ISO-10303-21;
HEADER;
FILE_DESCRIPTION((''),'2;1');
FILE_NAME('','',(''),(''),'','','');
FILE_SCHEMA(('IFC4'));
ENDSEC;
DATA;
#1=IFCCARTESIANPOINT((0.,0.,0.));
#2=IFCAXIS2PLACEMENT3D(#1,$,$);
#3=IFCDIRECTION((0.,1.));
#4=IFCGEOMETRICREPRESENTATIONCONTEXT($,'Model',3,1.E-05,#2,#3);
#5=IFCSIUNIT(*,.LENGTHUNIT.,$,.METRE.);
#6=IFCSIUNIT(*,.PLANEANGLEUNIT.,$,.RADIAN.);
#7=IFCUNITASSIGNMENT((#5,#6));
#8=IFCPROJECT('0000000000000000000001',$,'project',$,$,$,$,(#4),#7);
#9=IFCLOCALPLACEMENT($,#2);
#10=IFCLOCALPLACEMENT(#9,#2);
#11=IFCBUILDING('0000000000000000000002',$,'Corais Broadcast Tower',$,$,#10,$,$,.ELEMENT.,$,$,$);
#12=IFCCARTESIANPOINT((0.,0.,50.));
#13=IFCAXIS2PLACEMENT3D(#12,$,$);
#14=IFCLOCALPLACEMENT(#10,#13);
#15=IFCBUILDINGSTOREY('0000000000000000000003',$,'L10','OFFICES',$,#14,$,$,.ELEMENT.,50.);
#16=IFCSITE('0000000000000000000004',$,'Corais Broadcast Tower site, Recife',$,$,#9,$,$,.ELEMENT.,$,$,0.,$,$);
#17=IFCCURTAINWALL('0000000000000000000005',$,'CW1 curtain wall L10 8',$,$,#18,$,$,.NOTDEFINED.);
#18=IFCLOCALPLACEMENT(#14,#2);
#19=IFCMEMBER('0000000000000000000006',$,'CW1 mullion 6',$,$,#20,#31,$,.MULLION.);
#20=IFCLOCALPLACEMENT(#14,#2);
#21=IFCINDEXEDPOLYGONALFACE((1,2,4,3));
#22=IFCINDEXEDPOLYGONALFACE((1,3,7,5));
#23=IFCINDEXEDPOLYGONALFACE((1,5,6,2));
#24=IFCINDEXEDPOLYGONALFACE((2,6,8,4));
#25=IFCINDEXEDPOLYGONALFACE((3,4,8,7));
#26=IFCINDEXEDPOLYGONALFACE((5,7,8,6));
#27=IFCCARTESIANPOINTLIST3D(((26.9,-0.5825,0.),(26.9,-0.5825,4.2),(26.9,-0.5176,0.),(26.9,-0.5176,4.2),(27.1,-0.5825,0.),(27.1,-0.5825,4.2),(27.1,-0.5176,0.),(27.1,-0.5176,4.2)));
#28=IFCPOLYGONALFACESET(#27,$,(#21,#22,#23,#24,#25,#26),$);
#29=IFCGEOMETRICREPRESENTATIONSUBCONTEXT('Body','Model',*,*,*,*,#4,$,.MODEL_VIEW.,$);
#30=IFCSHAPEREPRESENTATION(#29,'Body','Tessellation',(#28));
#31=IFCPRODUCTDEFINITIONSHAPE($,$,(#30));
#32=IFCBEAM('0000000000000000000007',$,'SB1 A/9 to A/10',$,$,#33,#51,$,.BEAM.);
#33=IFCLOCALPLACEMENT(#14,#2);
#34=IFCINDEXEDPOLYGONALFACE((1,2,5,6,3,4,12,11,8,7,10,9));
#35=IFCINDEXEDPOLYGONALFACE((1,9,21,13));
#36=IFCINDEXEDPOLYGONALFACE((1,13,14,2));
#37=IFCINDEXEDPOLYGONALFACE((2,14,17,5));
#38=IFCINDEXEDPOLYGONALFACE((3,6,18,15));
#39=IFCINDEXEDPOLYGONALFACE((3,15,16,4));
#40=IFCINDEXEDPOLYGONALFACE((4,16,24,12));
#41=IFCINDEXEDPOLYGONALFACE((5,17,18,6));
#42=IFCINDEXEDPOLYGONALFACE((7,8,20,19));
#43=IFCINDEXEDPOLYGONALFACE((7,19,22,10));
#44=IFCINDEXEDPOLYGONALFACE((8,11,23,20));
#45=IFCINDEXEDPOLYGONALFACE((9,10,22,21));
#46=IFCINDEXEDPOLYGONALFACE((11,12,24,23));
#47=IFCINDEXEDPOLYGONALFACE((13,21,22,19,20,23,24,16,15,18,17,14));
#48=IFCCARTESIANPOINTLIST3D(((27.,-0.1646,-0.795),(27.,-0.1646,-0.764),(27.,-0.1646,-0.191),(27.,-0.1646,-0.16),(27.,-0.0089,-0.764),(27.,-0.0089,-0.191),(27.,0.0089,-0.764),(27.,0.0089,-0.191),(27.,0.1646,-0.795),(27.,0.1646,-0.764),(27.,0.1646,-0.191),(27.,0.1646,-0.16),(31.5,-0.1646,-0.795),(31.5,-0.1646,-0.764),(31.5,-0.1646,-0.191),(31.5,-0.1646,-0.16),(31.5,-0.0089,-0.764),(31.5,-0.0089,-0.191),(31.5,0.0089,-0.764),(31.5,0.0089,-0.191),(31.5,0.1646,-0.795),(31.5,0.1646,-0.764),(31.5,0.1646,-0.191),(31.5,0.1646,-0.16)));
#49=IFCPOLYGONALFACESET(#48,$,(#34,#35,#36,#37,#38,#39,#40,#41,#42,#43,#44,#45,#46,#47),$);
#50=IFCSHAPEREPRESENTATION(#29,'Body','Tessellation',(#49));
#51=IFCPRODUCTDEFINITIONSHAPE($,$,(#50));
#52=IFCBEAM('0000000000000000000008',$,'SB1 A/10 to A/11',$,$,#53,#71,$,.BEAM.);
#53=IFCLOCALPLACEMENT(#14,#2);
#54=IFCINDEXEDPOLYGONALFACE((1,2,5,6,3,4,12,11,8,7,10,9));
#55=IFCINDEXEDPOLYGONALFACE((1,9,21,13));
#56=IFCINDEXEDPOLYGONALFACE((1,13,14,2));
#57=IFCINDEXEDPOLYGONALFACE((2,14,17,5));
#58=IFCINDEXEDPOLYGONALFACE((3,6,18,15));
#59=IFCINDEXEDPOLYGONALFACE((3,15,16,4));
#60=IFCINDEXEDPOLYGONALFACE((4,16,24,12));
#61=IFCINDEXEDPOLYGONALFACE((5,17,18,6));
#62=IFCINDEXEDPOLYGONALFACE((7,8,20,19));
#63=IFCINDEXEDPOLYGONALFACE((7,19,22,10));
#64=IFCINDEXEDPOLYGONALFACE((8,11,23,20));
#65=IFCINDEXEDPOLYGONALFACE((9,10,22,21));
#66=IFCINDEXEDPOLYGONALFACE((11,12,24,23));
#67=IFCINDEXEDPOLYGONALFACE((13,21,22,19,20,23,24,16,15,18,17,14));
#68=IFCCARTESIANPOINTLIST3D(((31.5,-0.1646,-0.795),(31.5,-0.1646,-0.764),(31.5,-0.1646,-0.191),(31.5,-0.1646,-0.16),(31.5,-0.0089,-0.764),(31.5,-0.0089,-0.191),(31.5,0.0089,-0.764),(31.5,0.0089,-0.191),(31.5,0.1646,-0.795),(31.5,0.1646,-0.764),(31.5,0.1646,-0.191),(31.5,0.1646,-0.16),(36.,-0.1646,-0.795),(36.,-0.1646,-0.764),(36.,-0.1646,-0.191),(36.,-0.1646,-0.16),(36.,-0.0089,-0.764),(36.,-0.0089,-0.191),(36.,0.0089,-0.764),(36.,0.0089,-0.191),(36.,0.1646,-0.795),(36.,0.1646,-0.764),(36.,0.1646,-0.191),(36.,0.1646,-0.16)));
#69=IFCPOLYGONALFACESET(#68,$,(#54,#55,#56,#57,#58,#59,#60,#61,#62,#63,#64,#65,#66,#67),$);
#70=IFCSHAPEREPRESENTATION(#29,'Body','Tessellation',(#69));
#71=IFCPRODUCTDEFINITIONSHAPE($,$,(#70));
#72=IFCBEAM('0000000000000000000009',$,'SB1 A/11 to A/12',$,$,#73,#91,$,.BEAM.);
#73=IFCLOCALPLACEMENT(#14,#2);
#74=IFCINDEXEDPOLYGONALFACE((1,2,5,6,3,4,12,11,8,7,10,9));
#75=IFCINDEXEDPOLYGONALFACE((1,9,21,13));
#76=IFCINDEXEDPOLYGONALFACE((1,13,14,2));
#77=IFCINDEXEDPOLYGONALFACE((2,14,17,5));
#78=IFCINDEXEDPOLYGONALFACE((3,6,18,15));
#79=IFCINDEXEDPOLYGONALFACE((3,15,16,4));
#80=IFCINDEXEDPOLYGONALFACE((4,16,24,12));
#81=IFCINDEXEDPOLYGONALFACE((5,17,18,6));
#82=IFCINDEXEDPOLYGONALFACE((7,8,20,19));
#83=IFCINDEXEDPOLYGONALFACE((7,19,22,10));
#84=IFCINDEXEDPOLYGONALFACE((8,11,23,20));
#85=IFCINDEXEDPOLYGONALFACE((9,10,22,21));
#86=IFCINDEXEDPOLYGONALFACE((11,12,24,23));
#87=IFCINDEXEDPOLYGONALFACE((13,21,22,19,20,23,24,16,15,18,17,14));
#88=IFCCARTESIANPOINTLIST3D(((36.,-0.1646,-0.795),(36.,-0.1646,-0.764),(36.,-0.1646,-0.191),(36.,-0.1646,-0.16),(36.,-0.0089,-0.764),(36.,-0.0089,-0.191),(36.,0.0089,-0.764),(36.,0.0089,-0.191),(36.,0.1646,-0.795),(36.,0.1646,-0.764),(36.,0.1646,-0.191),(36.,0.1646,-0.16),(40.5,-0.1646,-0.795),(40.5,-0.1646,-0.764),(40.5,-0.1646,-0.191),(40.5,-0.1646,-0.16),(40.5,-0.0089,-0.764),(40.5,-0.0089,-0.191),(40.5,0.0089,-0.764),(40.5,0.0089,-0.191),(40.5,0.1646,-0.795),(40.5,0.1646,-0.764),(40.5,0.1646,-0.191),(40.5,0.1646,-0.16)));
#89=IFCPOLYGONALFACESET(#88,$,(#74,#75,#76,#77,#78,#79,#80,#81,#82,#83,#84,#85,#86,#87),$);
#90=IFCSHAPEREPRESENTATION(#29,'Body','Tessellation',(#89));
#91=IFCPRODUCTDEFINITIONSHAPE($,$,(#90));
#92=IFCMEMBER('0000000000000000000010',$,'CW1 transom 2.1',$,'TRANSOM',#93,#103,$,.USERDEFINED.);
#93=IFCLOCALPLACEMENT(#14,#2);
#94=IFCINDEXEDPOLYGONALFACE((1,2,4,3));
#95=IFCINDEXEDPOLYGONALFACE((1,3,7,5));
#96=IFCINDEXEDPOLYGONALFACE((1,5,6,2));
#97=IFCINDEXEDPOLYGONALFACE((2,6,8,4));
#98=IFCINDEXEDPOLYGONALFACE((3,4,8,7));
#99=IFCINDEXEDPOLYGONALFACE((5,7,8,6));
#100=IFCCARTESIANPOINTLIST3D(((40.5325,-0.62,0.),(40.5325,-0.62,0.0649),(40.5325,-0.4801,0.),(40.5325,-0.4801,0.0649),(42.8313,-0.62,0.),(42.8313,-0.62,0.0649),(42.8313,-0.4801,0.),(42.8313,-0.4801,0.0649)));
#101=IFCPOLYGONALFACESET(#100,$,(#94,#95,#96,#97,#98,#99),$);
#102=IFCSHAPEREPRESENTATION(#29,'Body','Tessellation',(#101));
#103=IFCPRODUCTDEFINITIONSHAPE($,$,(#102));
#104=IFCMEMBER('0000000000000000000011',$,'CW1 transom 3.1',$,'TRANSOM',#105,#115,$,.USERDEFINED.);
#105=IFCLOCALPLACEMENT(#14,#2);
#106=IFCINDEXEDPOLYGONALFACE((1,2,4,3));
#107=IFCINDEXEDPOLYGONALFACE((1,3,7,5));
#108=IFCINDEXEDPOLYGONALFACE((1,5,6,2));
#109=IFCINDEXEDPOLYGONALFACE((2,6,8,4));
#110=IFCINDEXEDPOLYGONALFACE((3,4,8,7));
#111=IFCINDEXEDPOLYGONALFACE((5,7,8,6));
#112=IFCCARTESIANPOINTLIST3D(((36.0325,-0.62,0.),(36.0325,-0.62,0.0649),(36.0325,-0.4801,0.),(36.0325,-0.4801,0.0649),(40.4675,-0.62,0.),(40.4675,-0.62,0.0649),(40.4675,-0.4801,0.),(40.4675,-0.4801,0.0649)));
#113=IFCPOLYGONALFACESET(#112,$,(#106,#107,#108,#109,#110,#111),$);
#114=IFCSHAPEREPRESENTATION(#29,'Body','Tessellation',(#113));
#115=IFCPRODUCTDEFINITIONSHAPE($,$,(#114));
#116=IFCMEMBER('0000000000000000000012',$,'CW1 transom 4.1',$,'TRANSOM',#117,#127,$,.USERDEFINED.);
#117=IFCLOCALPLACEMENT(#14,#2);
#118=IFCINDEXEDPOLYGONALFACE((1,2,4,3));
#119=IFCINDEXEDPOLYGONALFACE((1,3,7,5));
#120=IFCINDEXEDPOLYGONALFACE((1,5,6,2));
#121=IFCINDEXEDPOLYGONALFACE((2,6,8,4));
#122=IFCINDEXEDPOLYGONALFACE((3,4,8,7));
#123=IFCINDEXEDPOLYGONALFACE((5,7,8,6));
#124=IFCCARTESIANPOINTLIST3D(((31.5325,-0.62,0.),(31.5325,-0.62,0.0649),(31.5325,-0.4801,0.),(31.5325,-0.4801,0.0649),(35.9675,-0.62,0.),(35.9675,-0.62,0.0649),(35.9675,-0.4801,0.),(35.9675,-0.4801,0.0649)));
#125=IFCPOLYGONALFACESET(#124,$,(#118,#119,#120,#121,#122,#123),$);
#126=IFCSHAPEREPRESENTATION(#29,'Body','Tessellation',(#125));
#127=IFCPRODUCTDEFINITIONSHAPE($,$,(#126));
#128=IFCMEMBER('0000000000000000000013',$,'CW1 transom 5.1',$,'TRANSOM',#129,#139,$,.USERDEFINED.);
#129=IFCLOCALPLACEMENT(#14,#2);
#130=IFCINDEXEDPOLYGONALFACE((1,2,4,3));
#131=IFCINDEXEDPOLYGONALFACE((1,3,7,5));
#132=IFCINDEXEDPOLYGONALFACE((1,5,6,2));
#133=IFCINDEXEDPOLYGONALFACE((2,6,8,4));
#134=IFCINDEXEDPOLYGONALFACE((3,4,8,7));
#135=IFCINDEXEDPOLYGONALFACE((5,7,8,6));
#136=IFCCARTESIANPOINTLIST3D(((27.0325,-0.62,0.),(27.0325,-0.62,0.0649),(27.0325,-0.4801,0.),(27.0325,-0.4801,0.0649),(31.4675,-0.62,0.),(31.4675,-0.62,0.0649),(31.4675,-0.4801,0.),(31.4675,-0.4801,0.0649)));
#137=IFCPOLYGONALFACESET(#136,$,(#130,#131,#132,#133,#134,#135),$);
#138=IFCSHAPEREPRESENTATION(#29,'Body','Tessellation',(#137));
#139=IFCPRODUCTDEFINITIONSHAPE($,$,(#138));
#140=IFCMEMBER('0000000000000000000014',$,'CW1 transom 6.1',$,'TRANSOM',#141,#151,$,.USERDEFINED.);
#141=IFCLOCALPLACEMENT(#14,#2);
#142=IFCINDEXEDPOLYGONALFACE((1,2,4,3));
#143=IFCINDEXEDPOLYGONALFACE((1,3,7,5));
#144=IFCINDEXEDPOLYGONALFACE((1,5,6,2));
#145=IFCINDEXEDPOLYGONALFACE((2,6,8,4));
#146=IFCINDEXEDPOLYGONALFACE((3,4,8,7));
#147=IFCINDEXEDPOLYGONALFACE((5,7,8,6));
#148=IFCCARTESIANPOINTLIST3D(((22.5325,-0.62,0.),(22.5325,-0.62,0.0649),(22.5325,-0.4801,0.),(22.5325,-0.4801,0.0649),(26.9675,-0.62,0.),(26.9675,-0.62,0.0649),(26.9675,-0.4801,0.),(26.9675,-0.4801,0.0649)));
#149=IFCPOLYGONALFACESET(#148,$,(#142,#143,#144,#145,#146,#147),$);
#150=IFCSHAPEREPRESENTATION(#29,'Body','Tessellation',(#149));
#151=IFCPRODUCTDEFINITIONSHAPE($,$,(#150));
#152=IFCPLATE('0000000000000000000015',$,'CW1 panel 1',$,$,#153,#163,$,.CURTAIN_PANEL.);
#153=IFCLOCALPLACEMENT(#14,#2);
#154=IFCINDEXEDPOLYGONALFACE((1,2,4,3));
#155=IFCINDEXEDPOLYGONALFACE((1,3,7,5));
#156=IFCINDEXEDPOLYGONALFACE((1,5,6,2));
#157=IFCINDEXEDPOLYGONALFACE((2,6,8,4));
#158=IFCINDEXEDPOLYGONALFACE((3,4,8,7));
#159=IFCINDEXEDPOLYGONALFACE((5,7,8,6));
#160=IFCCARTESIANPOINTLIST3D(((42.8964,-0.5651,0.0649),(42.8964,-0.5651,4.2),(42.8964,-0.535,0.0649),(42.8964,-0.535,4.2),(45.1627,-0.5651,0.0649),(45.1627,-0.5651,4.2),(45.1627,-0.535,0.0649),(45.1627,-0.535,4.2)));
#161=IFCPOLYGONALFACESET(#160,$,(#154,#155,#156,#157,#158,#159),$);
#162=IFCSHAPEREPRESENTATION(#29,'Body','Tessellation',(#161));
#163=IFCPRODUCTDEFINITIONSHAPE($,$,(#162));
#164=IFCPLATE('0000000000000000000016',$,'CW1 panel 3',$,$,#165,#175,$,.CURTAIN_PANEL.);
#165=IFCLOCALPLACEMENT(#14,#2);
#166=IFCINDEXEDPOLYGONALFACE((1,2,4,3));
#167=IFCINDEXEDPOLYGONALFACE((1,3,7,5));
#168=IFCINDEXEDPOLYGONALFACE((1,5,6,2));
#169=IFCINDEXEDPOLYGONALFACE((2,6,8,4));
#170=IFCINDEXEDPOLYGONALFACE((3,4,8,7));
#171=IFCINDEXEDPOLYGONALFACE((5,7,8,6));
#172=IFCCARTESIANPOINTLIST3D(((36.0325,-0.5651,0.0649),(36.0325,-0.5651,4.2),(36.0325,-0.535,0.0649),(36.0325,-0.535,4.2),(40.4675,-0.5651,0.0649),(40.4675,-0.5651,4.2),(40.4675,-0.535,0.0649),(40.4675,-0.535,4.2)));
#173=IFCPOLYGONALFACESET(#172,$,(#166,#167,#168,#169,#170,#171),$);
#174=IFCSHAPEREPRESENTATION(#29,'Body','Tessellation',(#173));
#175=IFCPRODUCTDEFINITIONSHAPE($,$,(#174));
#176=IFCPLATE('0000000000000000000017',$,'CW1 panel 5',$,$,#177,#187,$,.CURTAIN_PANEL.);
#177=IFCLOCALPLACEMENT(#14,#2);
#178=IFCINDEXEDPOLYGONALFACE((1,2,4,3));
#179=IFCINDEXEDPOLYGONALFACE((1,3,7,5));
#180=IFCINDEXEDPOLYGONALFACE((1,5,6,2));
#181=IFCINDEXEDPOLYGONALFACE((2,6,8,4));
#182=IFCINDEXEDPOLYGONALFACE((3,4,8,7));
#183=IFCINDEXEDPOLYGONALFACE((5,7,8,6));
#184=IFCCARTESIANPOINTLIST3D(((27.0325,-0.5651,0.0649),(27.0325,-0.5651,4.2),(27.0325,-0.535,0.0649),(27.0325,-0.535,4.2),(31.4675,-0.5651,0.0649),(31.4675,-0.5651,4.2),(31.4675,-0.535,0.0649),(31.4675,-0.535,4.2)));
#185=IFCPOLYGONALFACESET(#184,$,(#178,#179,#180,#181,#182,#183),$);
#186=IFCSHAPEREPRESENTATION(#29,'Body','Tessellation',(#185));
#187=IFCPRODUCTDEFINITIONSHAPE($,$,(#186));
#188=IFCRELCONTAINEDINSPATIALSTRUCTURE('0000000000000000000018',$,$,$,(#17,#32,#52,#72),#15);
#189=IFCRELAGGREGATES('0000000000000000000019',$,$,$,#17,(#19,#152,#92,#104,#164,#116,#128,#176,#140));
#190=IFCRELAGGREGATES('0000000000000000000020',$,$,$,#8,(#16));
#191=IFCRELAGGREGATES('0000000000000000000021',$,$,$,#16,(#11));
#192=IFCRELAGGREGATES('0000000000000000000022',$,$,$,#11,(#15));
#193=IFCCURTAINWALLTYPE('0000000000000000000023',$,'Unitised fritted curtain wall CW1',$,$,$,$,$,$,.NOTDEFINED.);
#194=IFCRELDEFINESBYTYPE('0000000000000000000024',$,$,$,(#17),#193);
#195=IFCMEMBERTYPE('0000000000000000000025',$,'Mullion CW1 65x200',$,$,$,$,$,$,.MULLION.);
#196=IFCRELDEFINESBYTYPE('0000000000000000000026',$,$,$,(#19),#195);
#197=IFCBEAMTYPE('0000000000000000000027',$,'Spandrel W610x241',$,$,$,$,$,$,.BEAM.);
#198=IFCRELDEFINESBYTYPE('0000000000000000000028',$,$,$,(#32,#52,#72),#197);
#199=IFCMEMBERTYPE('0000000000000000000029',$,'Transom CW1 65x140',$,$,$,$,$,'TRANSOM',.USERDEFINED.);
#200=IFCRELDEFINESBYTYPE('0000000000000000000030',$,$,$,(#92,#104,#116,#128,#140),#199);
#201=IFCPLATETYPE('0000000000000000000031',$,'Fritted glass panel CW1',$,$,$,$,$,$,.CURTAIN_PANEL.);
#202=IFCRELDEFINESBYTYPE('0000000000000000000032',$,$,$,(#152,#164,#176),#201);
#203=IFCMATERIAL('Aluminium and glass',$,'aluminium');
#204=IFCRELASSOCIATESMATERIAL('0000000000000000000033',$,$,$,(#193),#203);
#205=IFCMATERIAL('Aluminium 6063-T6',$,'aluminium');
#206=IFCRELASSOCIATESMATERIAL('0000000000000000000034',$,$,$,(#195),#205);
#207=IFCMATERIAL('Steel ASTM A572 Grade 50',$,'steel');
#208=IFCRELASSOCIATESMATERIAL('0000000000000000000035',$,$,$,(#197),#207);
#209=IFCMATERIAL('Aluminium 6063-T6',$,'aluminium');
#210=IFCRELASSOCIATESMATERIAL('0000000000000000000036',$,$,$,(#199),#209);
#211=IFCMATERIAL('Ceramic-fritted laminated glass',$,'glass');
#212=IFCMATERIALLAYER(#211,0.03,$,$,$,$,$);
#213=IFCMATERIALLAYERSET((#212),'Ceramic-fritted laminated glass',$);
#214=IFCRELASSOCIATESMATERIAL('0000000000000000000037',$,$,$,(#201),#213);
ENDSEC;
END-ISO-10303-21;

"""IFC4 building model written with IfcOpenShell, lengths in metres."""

from ifc_helpers import new_model, si_unit, direction, frame, origin, origin_2d, place, context, subcontext, project, spatial, rectangle, i_section, extrude, material, layer, layer_set, material_profile, profile_set, type_object, element, aggregate, save


model = new_model("IFC4")

# Units and contexts
model_context = context("Model", 3, precision=1e-05, world=origin(), true_north=direction((0.0, 1.0)))
body_context = subcontext(model_context, "Body", "Model", "MODEL_VIEW")
ifc_project = project(units=[si_unit("LENGTHUNIT", "METRE"), si_unit("PLANEANGLEUNIT", "RADIAN")], contexts=[model_context])

# Site, building, storey
site_placement = place(None, origin())
site = spatial("IfcSite", under=ifc_project, at=site_placement, Name="Corais Broadcast Tower site, Recife", CompositionType="ELEMENT", RefElevation=0.0)
building_placement = place(site_placement, origin())
building = spatial("IfcBuilding", under=site, at=building_placement, Name="Corais Broadcast Tower", CompositionType="ELEMENT")
storey_placement = place(building_placement, frame((0.0, 0.0, 50.0)))
storey = spatial("IfcBuildingStorey", under=building, at=storey_placement, Name="L10", Description="OFFICES", CompositionType="ELEMENT", Elevation=50.0)

# Curtain wall, member
ifc_material_1 = material(Name="Aluminium and glass", Category="aluminium")
curtain_wall_type = type_object("IfcCurtainWallType", Name="Unitised fritted curtain wall CW1", PredefinedType="NOTDEFINED", material=ifc_material_1)
curtain_wall_placement = place(storey_placement, origin())
curtain_wall = element("IfcCurtainWall", 1, at=curtain_wall_placement, inside=storey, type_object=curtain_wall_type, Name="CW1 curtain wall L10 8", PredefinedType="NOTDEFINED")
ifc_material_2 = material(Name="Aluminium 6063-T6", Category="aluminium")
ifc_material_profile_1 = material_profile(ifc_material_2, rectangle(XDim=0.0649, YDim=0.2, at=origin_2d()), Name="Mullion CW1 65x200")
ifc_profile_set_1 = profile_set([ifc_material_profile_1], Name="Aluminium 6063-T6")
member_type_1 = type_object("IfcMemberType", Name="Mullion CW1 65x200", PredefinedType="MULLION", material=ifc_profile_set_1)
member_1_placement = place(storey_placement, frame((27.0, -0.55, 0.0), z_axis=(0.0, 0.0, 1.0), x_axis=(0.0, -1.0, 0.0)))
member_1 = element("IfcMember", 2, at=member_1_placement, type_object=member_type_1, Name="CW1 mullion 6", PredefinedType="MULLION", context=body_context, shape_type="SweptSolid", body=[
    extrude(rectangle(XDim=0.0649, YDim=0.2, at=origin_2d()), origin(), (0.0, 0.0, 1.0), 4.2),
])

# Beams
ifc_material_3 = material(Name="Steel ASTM A572 Grade 50", Category="steel")
ifc_material_profile_2 = material_profile(ifc_material_3, i_section(OverallWidth=0.3291, OverallDepth=0.635, WebThickness=0.0178, FlangeThickness=0.031, at=origin_2d()), Name="W610x241")
ifc_profile_set_2 = profile_set([ifc_material_profile_2], Name="Steel ASTM A572 Grade 50")
beam_type_1 = type_object("IfcBeamType", Name="Spandrel W610x241", PredefinedType="BEAM", material=ifc_profile_set_2)
for number, where, z_axis, x_axis, name in (
    (3, (27.0, 0.0, -0.4775), (1.0, 0.0, 0.0), (0.0, 1.0, 0.0), "SB1 A/9 to A/10"),
    (4, (31.5, 0.0, -0.4775), (1.0, 0.0, 0.0), (0.0, 1.0, 0.0), "SB1 A/10 to A/11"),
    (5, (36.0, 0.0, -0.4775), (1.0, 0.0, 0.0), (0.0, 1.0, 0.0), "SB1 A/11 to A/12"),
):
    element("IfcBeam", number, at=place(storey_placement, frame(where, z_axis=z_axis, x_axis=x_axis)), inside=storey, type_object=beam_type_1, Name=name, PredefinedType="BEAM", context=body_context, shape_type="SweptSolid", body=[
        extrude(i_section(OverallWidth=0.3291, OverallDepth=0.635, WebThickness=0.0178, FlangeThickness=0.031, at=origin_2d()), origin(), (0.0, 0.0, 1.0), 4.5),
    ])

# Members
ifc_material_4 = material(Name="Aluminium 6063-T6", Category="aluminium")
ifc_material_profile_3 = material_profile(ifc_material_4, rectangle(XDim=0.1399, YDim=0.0649, at=origin_2d()), Name="Transom CW1 65x140")
ifc_profile_set_3 = profile_set([ifc_material_profile_3], Name="Aluminium 6063-T6")
member_type_2 = type_object("IfcMemberType", Name="Transom CW1 65x140", ElementType="TRANSOM", PredefinedType="USERDEFINED", material=ifc_profile_set_3)
member_2_placement = place(storey_placement, frame((42.8313, -0.55, 0.0325), z_axis=(-1.0, 0.0, 0.0), x_axis=(0.0, -1.0, 0.0)))
member_2 = element("IfcMember", 6, at=member_2_placement, type_object=member_type_2, Name="CW1 transom 2.1", ObjectType="TRANSOM", PredefinedType="USERDEFINED", context=body_context, shape_type="SweptSolid", body=[
    extrude(rectangle(XDim=0.1399, YDim=0.0649, at=origin_2d()), origin(), (0.0, 0.0, 1.0), 2.2988),
])
member_3_placement = place(storey_placement, frame((40.4675, -0.55, 0.0325), z_axis=(-1.0, 0.0, 0.0), x_axis=(0.0, -1.0, 0.0)))
member_3 = element("IfcMember", 7, at=member_3_placement, type_object=member_type_2, Name="CW1 transom 3.1", ObjectType="TRANSOM", PredefinedType="USERDEFINED", context=body_context, shape_type="SweptSolid", body=[
    extrude(rectangle(XDim=0.1399, YDim=0.0649, at=origin_2d()), origin(), (0.0, 0.0, 1.0), 4.4351),
])
member_4_placement = place(storey_placement, frame((35.9675, -0.55, 0.0325), z_axis=(-1.0, 0.0, 0.0), x_axis=(0.0, -1.0, 0.0)))
member_4 = element("IfcMember", 8, at=member_4_placement, type_object=member_type_2, Name="CW1 transom 4.1", ObjectType="TRANSOM", PredefinedType="USERDEFINED", context=body_context, shape_type="SweptSolid", body=[
    extrude(rectangle(XDim=0.1399, YDim=0.0649, at=origin_2d()), origin(), (0.0, 0.0, 1.0), 4.4351),
])
member_5_placement = place(storey_placement, frame((31.4675, -0.55, 0.0325), z_axis=(-1.0, 0.0, 0.0), x_axis=(0.0, -1.0, 0.0)))
member_5 = element("IfcMember", 9, at=member_5_placement, type_object=member_type_2, Name="CW1 transom 5.1", ObjectType="TRANSOM", PredefinedType="USERDEFINED", context=body_context, shape_type="SweptSolid", body=[
    extrude(rectangle(XDim=0.1399, YDim=0.0649, at=origin_2d()), origin(), (0.0, 0.0, 1.0), 4.4351),
])
member_6_placement = place(storey_placement, frame((26.9675, -0.55, 0.0325), z_axis=(-1.0, 0.0, 0.0), x_axis=(0.0, -1.0, 0.0)))
member_6 = element("IfcMember", 10, at=member_6_placement, type_object=member_type_2, Name="CW1 transom 6.1", ObjectType="TRANSOM", PredefinedType="USERDEFINED", context=body_context, shape_type="SweptSolid", body=[
    extrude(rectangle(XDim=0.1399, YDim=0.0649, at=origin_2d()), origin(), (0.0, 0.0, 1.0), 4.4351),
])

# Plates
ifc_material_5 = material(Name="Ceramic-fritted laminated glass", Category="glass")
ifc_layer_1 = layer(ifc_material_5, 0.03)
ifc_layer_set_1 = layer_set([ifc_layer_1], Name="Ceramic-fritted laminated glass")
plate_type_1 = type_object("IfcPlateType", Name="Fritted glass panel CW1", PredefinedType="CURTAIN_PANEL", material=ifc_layer_set_1)
plate_1_placement = place(storey_placement, frame((44.0295, -0.55, 0.0649), z_axis=(0.0, 0.0, 1.0), x_axis=(-1.0, 0.0, 0.0)))
plate_1 = element("IfcPlate", 11, at=plate_1_placement, type_object=plate_type_1, Name="CW1 panel 1", PredefinedType="CURTAIN_PANEL", context=body_context, shape_type="SweptSolid", body=[
    extrude(rectangle(XDim=2.2664, YDim=0.03, at=origin_2d()), origin(), (0.0, 0.0, 1.0), 4.135),
])
plate_2_placement = place(storey_placement, frame((38.25, -0.55, 0.0649), z_axis=(0.0, 0.0, 1.0), x_axis=(-1.0, 0.0, 0.0)))
plate_2 = element("IfcPlate", 12, at=plate_2_placement, type_object=plate_type_1, Name="CW1 panel 3", PredefinedType="CURTAIN_PANEL", context=body_context, shape_type="SweptSolid", body=[
    extrude(rectangle(XDim=4.4351, YDim=0.03, at=origin_2d()), origin(), (0.0, 0.0, 1.0), 4.135),
])
plate_3_placement = place(storey_placement, frame((29.25, -0.55, 0.0649), z_axis=(0.0, 0.0, 1.0), x_axis=(-1.0, 0.0, 0.0)))
plate_3 = element("IfcPlate", 13, at=plate_3_placement, type_object=plate_type_1, Name="CW1 panel 5", PredefinedType="CURTAIN_PANEL", context=body_context, shape_type="SweptSolid", body=[
    extrude(rectangle(XDim=4.4351, YDim=0.03, at=origin_2d()), origin(), (0.0, 0.0, 1.0), 4.135),
])
aggregate(curtain_wall, [member_1, plate_1, member_2, member_3, plate_2, member_4, member_5, plate_3, member_6])

save(model, "model.ifc")
